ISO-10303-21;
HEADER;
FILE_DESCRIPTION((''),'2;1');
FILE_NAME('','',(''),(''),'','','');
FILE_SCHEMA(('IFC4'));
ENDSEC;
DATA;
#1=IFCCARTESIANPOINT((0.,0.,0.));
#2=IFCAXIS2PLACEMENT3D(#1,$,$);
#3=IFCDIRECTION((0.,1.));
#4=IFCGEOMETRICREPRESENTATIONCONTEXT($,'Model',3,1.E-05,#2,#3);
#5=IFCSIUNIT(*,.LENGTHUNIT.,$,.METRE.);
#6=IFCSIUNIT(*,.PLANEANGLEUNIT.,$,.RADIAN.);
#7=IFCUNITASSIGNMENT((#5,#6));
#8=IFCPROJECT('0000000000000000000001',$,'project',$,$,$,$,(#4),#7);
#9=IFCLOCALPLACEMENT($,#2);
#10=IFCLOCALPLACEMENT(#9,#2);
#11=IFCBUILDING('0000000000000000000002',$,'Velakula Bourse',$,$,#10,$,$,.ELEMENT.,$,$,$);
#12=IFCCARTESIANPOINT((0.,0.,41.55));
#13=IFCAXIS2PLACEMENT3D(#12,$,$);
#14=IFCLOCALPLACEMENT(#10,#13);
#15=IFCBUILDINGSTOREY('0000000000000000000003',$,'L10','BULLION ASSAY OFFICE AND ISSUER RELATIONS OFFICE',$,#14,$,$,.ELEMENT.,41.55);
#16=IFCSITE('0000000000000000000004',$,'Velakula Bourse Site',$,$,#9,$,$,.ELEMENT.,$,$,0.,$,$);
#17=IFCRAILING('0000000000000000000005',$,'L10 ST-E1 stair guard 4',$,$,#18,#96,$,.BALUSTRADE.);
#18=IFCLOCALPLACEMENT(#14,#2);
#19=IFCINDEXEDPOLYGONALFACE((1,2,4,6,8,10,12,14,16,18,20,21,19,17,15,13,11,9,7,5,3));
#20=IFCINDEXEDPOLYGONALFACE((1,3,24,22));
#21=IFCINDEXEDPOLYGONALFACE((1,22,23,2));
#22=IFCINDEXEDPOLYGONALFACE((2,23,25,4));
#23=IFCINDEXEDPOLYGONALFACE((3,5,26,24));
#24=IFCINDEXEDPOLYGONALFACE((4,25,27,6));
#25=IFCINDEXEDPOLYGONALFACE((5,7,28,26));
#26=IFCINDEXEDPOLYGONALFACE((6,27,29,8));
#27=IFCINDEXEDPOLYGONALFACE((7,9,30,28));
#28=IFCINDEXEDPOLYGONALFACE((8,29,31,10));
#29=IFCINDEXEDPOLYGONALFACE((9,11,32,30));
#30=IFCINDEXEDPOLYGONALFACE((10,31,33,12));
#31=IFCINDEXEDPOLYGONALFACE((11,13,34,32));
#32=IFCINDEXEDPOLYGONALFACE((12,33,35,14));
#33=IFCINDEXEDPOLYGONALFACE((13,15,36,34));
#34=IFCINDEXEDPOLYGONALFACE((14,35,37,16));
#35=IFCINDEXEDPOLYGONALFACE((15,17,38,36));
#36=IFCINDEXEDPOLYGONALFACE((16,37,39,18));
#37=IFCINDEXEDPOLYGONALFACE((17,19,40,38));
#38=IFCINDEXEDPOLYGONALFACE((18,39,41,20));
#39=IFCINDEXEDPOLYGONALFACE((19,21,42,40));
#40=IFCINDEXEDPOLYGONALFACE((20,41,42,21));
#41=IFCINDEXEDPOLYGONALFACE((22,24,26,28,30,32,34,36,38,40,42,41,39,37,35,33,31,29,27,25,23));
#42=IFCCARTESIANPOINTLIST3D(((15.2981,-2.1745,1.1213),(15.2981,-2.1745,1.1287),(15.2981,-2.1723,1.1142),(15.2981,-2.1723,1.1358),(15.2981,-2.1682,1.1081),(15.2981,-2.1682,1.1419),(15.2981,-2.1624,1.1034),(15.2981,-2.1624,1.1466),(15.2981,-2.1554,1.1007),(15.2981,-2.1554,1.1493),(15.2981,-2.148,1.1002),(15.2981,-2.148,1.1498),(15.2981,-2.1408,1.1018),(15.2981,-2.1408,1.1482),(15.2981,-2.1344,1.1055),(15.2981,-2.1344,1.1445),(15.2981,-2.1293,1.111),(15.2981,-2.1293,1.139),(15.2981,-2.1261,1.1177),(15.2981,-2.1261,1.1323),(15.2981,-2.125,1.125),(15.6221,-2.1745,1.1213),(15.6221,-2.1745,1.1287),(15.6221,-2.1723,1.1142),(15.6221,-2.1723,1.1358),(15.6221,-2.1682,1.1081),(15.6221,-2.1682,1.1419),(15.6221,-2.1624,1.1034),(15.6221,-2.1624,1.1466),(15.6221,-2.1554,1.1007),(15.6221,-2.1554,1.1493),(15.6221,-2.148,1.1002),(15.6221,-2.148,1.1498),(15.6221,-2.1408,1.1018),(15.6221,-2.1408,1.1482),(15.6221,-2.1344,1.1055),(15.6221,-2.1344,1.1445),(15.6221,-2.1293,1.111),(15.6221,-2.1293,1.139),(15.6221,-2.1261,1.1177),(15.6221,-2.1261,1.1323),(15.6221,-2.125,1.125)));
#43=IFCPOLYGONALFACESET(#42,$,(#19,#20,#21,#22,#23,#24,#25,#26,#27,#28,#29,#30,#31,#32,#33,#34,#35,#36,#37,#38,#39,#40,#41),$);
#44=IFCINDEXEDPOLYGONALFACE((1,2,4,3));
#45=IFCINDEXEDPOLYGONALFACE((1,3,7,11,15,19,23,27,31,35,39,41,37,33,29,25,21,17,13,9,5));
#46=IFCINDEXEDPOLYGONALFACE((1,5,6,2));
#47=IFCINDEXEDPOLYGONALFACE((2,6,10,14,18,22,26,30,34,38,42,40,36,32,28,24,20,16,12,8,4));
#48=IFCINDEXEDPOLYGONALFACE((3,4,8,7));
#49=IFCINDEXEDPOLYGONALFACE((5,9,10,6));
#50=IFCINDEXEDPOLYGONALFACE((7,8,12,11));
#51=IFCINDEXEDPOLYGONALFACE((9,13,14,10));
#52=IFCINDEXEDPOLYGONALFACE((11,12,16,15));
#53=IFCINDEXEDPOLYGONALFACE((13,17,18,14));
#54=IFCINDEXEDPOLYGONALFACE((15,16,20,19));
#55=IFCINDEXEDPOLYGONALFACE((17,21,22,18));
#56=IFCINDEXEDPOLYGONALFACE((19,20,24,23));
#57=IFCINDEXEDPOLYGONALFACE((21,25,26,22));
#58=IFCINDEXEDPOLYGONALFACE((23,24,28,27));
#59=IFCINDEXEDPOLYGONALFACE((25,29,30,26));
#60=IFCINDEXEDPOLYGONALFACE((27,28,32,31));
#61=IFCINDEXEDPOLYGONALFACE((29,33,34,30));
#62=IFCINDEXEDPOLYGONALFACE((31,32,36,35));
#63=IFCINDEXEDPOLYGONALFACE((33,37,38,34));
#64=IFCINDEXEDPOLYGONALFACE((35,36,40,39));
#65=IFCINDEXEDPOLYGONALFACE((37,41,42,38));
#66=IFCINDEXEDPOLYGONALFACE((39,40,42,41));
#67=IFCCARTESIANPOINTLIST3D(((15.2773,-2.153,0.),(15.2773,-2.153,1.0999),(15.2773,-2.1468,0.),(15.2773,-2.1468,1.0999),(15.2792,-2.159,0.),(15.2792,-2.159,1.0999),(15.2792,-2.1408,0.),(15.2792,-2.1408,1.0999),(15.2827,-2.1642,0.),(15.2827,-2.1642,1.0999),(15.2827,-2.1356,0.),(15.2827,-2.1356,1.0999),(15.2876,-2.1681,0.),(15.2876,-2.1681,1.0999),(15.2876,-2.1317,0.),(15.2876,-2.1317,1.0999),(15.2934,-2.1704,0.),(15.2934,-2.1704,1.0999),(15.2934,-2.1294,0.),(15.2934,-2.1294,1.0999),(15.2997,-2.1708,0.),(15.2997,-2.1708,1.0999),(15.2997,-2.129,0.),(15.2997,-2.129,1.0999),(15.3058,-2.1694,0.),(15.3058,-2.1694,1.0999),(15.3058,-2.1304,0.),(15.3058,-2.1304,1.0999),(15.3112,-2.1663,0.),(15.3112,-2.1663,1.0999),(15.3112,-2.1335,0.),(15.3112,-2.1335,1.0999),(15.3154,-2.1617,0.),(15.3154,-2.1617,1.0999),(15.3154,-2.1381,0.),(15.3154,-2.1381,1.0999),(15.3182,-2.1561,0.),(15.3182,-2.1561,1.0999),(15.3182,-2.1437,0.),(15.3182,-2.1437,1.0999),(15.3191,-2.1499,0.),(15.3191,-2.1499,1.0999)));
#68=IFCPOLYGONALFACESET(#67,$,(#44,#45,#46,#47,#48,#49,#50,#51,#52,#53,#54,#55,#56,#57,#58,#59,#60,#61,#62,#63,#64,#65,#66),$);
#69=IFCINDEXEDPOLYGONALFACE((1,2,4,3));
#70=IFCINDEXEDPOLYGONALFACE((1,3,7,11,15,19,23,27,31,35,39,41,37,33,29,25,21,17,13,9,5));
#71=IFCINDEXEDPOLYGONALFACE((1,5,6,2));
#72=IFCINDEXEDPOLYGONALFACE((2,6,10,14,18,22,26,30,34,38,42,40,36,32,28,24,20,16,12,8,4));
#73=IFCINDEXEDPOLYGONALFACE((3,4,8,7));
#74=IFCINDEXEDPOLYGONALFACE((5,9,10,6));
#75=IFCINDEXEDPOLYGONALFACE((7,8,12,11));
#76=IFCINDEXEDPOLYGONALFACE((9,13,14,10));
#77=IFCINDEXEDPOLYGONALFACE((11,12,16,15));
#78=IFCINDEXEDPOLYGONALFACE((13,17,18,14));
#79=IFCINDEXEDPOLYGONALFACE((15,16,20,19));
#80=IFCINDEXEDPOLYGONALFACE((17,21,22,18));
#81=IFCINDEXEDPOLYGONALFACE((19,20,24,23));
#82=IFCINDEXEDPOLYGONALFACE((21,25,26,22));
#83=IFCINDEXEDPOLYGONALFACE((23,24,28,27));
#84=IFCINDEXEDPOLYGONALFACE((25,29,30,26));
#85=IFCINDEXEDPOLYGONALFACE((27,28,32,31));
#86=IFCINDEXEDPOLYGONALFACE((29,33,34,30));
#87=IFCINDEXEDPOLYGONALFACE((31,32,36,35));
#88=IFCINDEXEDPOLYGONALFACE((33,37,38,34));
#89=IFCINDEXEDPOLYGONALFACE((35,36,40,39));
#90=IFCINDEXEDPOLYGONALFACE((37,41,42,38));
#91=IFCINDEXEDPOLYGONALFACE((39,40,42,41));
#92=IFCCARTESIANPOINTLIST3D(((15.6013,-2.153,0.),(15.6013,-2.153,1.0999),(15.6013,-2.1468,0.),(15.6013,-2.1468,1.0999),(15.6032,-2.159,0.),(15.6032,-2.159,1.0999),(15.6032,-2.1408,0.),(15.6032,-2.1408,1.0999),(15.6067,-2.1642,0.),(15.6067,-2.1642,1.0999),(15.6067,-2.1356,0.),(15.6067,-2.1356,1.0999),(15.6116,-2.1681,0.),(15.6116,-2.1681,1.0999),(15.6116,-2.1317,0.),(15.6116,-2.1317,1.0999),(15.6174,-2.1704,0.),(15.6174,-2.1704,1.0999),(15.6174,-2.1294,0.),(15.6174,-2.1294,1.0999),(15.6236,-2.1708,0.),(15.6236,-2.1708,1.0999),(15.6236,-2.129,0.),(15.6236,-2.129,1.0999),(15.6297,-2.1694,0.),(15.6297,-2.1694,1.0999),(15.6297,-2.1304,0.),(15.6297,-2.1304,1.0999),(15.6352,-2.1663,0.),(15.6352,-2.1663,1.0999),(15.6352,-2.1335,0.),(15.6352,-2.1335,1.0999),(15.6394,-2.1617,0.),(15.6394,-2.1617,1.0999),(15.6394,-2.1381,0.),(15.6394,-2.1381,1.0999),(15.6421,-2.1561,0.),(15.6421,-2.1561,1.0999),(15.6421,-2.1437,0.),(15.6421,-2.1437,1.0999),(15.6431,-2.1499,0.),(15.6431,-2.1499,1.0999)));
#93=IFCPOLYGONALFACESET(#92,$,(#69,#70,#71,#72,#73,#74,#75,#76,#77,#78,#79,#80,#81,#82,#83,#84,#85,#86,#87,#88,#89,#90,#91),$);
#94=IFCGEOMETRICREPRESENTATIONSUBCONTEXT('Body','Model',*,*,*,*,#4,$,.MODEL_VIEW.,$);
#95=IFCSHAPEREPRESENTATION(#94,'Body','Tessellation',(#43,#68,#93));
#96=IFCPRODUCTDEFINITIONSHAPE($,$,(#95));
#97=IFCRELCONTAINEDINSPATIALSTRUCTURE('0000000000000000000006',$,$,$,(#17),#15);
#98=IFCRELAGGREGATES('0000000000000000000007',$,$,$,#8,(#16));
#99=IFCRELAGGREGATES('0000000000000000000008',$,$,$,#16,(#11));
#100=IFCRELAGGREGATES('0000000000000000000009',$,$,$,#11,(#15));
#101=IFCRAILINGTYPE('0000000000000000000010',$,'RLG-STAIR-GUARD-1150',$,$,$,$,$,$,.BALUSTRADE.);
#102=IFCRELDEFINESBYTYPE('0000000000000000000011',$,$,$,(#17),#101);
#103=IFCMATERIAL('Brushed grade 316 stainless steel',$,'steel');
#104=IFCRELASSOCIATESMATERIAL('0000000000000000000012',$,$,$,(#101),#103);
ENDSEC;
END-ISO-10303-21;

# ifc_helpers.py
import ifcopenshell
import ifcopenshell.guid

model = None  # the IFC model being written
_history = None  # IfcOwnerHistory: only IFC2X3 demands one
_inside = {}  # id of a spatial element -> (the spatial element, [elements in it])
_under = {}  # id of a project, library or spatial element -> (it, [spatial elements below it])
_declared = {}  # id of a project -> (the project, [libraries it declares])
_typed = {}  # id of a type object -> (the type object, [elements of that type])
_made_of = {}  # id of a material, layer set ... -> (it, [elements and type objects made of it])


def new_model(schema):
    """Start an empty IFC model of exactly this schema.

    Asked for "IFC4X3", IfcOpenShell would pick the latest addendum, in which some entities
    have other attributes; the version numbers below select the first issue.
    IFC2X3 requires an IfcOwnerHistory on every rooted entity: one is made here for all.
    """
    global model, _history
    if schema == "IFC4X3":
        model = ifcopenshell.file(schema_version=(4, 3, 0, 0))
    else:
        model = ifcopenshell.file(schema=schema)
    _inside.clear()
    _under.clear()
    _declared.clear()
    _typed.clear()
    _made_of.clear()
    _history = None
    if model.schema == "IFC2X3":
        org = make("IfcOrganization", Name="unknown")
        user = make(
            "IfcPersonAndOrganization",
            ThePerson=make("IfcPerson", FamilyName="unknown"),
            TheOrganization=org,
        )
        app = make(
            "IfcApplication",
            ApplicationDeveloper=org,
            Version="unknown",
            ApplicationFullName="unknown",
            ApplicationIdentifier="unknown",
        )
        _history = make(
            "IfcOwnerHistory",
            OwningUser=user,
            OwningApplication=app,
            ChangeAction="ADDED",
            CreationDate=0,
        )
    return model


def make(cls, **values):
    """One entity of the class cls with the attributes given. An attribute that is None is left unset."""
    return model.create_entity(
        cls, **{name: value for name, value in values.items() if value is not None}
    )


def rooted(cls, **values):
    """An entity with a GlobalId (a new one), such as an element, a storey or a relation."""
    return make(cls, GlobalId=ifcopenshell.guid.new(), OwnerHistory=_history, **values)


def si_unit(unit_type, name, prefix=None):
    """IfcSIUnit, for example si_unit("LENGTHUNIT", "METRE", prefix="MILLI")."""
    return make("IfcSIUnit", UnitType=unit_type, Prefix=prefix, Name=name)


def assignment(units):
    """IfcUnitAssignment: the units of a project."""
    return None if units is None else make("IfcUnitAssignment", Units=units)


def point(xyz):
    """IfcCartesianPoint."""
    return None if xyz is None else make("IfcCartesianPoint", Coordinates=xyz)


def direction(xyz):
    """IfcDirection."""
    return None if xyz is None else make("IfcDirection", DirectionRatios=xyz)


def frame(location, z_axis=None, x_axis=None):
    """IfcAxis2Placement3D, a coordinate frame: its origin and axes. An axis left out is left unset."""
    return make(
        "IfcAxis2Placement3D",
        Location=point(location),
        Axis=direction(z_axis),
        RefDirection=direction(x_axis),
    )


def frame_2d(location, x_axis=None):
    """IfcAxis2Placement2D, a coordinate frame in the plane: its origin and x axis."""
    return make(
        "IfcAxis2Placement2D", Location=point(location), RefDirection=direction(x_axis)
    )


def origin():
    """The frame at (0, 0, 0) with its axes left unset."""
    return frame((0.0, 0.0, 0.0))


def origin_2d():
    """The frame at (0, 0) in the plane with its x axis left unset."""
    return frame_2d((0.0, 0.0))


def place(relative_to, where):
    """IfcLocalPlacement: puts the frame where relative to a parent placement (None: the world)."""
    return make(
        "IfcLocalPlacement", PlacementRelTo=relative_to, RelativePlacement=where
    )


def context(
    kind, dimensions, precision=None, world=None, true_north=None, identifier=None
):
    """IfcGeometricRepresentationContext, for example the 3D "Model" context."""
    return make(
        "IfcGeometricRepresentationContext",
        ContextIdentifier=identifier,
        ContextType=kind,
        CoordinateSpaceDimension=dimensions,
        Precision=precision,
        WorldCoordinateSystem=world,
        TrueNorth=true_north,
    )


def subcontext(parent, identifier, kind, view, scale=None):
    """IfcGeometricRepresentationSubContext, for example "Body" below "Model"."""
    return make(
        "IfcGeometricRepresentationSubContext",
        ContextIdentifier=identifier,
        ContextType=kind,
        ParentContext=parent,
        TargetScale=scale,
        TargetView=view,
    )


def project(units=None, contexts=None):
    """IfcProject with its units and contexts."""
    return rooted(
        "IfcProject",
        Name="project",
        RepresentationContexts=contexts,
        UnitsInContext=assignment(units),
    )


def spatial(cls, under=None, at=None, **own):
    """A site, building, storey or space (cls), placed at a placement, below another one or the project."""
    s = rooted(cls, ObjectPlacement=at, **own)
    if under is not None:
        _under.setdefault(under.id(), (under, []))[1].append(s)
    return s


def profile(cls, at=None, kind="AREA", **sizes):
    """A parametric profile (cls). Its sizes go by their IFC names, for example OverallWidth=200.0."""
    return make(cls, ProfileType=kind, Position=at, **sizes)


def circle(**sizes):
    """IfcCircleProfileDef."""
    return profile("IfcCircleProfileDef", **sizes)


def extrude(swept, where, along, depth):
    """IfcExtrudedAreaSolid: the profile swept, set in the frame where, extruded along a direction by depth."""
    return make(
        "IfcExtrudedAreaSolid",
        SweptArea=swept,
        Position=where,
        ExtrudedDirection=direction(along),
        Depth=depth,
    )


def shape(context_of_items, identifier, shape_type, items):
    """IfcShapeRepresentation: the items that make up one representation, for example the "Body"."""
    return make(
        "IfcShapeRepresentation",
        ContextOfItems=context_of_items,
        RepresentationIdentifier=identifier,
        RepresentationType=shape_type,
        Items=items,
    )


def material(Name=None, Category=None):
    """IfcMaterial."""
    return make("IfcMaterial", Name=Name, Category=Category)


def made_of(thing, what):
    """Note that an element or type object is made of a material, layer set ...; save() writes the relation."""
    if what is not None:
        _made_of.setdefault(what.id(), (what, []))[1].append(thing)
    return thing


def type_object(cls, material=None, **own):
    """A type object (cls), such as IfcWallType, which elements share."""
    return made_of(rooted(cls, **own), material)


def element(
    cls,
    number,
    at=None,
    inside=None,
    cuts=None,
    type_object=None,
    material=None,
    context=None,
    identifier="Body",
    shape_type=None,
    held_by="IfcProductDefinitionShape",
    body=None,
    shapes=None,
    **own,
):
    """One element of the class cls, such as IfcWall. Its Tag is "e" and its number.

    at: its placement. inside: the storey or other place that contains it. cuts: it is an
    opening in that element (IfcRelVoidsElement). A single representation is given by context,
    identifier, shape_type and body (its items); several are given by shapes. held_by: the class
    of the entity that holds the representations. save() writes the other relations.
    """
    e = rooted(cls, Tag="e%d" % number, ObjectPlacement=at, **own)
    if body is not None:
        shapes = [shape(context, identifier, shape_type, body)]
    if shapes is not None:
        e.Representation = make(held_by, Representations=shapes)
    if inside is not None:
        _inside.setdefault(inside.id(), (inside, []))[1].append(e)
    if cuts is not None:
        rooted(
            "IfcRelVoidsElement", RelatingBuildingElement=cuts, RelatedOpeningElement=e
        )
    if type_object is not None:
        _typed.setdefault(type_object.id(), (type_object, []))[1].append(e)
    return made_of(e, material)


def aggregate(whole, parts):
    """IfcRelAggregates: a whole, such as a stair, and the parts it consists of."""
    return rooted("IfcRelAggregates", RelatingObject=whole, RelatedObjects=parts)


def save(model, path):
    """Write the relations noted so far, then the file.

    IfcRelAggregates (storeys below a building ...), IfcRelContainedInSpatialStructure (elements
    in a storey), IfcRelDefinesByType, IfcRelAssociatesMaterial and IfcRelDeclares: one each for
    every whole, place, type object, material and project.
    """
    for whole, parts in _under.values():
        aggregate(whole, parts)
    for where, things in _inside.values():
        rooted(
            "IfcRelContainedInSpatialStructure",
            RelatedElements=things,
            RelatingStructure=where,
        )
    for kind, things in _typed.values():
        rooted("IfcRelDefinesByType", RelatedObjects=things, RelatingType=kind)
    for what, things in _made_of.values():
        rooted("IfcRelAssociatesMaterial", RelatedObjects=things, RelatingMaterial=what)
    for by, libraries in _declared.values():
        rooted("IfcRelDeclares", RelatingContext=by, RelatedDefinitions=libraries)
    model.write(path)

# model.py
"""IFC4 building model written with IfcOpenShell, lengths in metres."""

from ifc_helpers import new_model, si_unit, direction, frame, origin, origin_2d, place, context, subcontext, project, spatial, circle, extrude, material, type_object, element, save


model = new_model("IFC4")

# Units and contexts
model_context = context("Model", 3, precision=1e-05, world=origin(), true_north=direction((0.0, 1.0)))
body_context = subcontext(model_context, "Body", "Model", "MODEL_VIEW")
ifc_project = project(units=[si_unit("LENGTHUNIT", "METRE"), si_unit("PLANEANGLEUNIT", "RADIAN")], contexts=[model_context])

# Site, building, storey
site_placement = place(None, origin())
site = spatial("IfcSite", under=ifc_project, at=site_placement, Name="Velakula Bourse Site", CompositionType="ELEMENT", RefElevation=0.0)
building_placement = place(site_placement, origin())
building = spatial("IfcBuilding", under=site, at=building_placement, Name="Velakula Bourse", CompositionType="ELEMENT")
storey_placement = place(building_placement, frame((0.0, 0.0, 41.55)))
storey = spatial("IfcBuildingStorey", under=building, at=storey_placement, Name="L10", Description="BULLION ASSAY OFFICE AND ISSUER RELATIONS OFFICE", CompositionType="ELEMENT", Elevation=41.55)

# Shared definitions
ifc_material_1 = material(Name="Brushed grade 316 stainless steel", Category="steel")

# Railing
railing_type_1 = type_object("IfcRailingType", Name="RLG-STAIR-GUARD-1150", PredefinedType="BALUSTRADE", material=ifc_material_1)
railing_1_placement = place(storey_placement, frame((15.2981, -2.1499, 0.0)))
element("IfcRailing", 1, at=railing_1_placement, inside=storey, type_object=railing_type_1, Name="L10 ST-E1 stair guard 4", PredefinedType="BALUSTRADE", context=body_context, shape_type="SweptSolid", body=[
    extrude(circle(Radius=0.0249, at=origin_2d()), frame((0.0, 0.0, 1.125), z_axis=(1.0, 0.0, 0.0), x_axis=(0.0, 1.0, 0.0)), (0.0, 0.0, 1.0), 0.324),
    extrude(circle(Radius=0.021, at=origin_2d()), origin(), (0.0, 0.0, 1.0), 1.0999),
    extrude(circle(Radius=0.021, at=origin_2d()), frame((0.324, 0.0, 0.0)), (0.0, 0.0, 1.0), 1.0999),
])

save(model, "model.ifc")
